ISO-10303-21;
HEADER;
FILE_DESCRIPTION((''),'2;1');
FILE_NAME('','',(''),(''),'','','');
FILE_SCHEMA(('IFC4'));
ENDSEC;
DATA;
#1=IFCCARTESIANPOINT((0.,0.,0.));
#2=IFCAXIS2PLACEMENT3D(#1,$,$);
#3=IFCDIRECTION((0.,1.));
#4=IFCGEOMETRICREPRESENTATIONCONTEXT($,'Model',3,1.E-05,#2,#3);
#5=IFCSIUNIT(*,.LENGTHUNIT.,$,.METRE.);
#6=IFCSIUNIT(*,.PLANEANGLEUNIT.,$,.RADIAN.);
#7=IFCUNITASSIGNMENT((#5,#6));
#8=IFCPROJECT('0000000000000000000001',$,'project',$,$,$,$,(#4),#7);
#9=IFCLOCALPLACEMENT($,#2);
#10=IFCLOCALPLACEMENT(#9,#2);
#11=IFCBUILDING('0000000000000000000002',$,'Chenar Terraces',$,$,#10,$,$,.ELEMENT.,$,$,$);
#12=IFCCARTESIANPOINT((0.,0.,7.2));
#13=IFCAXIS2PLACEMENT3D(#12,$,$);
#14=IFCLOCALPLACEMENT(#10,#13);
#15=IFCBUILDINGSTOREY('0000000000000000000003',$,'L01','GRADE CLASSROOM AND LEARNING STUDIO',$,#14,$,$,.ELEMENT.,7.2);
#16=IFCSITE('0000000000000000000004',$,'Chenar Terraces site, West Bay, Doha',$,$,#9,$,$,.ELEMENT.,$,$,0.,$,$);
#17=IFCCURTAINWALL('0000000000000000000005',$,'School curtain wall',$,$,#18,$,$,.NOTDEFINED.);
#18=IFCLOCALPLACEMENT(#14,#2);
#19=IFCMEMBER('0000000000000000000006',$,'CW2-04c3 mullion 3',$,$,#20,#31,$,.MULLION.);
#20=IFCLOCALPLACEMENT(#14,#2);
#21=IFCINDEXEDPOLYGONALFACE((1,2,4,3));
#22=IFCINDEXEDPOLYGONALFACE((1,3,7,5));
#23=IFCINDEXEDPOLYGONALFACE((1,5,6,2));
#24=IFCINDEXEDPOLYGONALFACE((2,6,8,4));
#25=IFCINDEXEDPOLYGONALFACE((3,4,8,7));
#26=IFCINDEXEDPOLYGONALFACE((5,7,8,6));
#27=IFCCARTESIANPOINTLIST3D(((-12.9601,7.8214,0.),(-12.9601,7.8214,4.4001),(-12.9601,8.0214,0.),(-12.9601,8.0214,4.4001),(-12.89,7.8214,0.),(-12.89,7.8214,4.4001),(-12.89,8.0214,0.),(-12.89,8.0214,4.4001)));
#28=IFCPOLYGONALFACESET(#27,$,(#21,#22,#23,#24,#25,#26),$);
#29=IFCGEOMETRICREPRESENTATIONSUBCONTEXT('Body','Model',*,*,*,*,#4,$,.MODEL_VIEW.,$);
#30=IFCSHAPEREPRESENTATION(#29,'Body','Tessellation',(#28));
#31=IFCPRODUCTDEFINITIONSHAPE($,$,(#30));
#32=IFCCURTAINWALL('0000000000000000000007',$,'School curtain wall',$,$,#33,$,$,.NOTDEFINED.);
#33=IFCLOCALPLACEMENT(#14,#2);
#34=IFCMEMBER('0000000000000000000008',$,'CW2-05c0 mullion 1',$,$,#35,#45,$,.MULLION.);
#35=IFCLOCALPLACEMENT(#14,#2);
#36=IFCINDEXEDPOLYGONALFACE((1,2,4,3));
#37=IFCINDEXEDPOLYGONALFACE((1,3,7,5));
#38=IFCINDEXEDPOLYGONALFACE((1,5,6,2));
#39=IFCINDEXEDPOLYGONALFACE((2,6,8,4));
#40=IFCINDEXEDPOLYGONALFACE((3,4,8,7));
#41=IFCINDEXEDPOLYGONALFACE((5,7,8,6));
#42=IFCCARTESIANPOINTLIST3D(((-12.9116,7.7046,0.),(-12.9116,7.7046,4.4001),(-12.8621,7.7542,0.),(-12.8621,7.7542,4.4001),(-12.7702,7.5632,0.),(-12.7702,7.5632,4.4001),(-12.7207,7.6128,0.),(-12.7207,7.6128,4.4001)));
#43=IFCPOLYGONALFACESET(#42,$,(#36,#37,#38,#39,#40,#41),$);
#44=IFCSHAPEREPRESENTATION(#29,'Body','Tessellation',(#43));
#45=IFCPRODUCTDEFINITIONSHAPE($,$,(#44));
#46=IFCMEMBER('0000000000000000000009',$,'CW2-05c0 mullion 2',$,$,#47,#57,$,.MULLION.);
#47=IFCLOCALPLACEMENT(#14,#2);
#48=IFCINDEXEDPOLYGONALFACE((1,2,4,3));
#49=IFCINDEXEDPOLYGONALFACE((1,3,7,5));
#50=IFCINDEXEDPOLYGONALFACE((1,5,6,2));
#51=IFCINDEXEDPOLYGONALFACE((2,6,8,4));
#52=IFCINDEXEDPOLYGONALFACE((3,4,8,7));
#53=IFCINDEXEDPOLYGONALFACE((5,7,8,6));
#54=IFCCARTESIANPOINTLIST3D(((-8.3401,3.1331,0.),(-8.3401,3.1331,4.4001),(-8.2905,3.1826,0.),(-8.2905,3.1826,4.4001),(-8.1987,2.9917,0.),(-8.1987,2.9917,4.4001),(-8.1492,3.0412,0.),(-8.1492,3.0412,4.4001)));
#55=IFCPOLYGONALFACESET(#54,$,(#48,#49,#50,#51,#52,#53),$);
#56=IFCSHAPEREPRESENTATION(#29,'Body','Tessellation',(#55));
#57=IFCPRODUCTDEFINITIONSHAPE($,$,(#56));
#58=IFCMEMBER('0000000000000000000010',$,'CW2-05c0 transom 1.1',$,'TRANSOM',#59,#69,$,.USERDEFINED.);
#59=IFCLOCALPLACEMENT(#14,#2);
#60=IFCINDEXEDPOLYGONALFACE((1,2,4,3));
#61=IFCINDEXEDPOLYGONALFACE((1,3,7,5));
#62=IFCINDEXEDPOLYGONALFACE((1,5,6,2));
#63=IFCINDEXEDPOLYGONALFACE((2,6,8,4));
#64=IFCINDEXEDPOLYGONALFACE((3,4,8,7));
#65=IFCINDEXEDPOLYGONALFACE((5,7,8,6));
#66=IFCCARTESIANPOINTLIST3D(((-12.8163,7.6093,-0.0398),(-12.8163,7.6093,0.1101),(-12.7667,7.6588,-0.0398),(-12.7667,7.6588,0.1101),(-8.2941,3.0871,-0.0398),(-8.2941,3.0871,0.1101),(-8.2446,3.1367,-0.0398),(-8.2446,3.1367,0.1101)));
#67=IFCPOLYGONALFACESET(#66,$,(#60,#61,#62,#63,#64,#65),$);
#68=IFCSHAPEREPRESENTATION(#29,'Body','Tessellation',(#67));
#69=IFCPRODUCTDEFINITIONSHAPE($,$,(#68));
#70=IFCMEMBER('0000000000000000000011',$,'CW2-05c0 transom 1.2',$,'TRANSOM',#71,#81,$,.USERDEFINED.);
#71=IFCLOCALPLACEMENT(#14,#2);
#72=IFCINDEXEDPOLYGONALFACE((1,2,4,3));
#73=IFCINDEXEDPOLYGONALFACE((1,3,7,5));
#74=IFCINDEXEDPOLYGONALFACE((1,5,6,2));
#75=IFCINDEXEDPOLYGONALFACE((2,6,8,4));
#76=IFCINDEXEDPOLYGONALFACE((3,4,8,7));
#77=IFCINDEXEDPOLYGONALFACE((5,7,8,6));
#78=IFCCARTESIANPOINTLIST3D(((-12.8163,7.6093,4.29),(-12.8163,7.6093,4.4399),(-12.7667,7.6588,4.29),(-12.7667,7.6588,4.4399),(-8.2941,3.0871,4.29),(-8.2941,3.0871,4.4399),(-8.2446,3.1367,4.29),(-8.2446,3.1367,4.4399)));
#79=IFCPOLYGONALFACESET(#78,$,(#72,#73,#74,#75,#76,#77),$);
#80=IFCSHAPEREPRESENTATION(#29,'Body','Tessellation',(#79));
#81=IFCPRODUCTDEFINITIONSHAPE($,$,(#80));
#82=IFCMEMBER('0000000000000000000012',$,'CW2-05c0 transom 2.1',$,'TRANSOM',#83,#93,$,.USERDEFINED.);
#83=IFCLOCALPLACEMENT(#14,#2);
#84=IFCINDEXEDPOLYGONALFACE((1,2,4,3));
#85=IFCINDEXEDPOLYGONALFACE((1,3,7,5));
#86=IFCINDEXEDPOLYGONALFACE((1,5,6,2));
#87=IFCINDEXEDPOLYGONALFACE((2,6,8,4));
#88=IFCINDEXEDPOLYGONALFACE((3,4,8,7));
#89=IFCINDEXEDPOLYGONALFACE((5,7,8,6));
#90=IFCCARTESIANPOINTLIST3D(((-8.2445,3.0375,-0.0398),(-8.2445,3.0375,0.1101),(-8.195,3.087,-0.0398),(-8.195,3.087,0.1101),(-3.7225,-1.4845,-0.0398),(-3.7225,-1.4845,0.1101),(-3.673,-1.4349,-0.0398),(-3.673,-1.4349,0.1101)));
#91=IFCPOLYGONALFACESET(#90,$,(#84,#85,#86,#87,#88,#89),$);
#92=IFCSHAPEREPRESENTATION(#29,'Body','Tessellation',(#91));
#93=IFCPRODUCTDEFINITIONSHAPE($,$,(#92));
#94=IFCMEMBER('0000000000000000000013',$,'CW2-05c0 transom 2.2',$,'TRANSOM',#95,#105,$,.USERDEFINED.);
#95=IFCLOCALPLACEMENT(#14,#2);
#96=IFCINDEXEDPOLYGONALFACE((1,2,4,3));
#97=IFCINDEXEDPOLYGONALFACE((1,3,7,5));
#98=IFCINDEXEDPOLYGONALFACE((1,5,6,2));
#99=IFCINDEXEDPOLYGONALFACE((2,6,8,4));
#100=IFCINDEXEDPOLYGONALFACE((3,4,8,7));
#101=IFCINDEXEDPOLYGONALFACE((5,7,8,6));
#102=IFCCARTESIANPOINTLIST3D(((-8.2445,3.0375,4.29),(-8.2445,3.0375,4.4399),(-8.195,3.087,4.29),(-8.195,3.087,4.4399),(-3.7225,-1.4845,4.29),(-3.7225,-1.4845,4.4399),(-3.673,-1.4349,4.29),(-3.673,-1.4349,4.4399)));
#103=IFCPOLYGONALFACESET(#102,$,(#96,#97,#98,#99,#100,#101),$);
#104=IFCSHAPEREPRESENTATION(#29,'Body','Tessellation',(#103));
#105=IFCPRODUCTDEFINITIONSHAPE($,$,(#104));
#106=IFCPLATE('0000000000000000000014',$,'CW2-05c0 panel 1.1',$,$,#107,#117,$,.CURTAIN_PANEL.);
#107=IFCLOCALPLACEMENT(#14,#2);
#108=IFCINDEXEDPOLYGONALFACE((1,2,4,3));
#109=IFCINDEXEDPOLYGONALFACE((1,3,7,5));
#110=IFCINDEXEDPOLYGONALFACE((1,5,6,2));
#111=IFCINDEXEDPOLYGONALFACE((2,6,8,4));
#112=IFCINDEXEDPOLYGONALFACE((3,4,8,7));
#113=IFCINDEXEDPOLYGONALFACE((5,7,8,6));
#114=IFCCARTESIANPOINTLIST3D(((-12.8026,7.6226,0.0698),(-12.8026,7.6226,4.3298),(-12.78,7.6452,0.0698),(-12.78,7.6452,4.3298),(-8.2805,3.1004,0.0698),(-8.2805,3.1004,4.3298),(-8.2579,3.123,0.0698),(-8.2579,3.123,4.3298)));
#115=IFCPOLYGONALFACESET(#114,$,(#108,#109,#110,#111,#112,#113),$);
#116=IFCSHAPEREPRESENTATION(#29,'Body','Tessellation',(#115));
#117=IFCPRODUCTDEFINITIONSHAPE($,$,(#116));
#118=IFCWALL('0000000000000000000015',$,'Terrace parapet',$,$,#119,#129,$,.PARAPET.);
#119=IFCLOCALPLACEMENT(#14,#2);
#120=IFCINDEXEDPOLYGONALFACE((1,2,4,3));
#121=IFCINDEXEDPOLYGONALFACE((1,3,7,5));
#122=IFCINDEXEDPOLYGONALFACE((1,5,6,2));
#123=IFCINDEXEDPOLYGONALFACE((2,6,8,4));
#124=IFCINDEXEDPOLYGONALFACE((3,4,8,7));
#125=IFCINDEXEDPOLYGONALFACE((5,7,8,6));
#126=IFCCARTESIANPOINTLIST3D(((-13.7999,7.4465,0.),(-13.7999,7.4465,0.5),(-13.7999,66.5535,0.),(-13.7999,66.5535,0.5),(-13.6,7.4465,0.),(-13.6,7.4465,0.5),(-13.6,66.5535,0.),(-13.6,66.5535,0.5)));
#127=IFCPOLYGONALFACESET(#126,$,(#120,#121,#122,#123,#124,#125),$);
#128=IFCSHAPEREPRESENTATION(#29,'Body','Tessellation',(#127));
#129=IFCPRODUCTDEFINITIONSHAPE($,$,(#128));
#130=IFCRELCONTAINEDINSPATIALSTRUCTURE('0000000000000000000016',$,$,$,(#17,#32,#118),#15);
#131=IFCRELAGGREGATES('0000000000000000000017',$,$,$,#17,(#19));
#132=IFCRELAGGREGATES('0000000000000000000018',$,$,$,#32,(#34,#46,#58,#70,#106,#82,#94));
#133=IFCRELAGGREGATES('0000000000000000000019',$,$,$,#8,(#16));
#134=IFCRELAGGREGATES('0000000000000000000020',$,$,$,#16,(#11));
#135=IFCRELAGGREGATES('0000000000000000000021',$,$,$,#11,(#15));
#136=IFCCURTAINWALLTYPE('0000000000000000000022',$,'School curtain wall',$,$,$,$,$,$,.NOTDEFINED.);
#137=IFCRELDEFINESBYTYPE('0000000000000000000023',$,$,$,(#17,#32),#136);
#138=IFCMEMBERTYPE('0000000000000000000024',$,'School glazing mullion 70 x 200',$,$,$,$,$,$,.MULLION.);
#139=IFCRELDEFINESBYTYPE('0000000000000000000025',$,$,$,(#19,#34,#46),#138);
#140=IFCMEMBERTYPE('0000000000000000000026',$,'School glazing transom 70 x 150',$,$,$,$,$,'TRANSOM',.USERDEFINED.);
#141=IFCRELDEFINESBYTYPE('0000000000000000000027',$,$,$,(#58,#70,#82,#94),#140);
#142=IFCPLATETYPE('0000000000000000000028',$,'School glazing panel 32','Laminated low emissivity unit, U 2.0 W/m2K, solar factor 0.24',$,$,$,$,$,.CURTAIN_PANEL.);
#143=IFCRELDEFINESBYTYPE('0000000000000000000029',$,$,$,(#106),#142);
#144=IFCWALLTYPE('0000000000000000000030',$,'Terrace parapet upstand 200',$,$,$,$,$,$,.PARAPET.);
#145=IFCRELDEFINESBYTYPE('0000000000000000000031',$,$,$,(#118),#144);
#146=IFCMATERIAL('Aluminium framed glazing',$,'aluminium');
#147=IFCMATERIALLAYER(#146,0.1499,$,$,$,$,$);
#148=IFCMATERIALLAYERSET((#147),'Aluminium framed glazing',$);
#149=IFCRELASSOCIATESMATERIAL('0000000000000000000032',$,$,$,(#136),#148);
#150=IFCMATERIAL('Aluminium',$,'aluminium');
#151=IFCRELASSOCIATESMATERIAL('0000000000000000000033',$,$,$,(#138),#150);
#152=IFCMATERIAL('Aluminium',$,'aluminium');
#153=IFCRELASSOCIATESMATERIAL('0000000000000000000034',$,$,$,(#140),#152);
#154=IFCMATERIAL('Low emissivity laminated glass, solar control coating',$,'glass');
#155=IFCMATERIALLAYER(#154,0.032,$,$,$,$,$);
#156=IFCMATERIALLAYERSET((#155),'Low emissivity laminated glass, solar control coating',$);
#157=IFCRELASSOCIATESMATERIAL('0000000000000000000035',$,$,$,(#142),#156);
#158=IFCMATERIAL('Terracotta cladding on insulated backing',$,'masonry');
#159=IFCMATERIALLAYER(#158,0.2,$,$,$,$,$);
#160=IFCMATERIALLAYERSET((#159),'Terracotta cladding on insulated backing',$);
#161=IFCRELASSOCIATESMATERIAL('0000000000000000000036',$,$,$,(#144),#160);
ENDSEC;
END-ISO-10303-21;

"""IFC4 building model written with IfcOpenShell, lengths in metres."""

from ifc_helpers import new_model, si_unit, direction, frame, frame_2d, origin, origin_2d, place, context, subcontext, project, spatial, rectangle, extrude, material, layer, layer_set, material_profile, profile_set, type_object, element, aggregate, save


model = new_model("IFC4")

# Units and contexts
model_context = context("Model", 3, precision=1e-05, world=origin(), true_north=direction((0.0, 1.0)))
body_context = subcontext(model_context, "Body", "Model", "MODEL_VIEW")
ifc_project = project(units=[si_unit("LENGTHUNIT", "METRE"), si_unit("PLANEANGLEUNIT", "RADIAN")], contexts=[model_context])

# Site, building, storey
site_placement = place(None, origin())
site = spatial("IfcSite", under=ifc_project, at=site_placement, Name="Chenar Terraces site, West Bay, Doha", CompositionType="ELEMENT", RefElevation=0.0)
building_placement = place(site_placement, origin())
building = spatial("IfcBuilding", under=site, at=building_placement, Name="Chenar Terraces", CompositionType="ELEMENT")
storey_placement = place(building_placement, frame((0.0, 0.0, 7.2)))
storey = spatial("IfcBuildingStorey", under=building, at=storey_placement, Name="L01", Description="GRADE CLASSROOM AND LEARNING STUDIO", CompositionType="ELEMENT", Elevation=7.2)

# Curtain wall, member
ifc_material_1 = material(Name="Aluminium framed glazing", Category="aluminium")
ifc_layer_1 = layer(ifc_material_1, 0.1499)
ifc_layer_set_1 = layer_set([ifc_layer_1], Name="Aluminium framed glazing")
curtain_wall_type = type_object("IfcCurtainWallType", Name="School curtain wall", PredefinedType="NOTDEFINED", material=ifc_layer_set_1)
placement = place(storey_placement, origin())
curtain_wall_1 = element("IfcCurtainWall", 1, at=placement, inside=storey, type_object=curtain_wall_type, Name="School curtain wall", PredefinedType="NOTDEFINED")
ifc_material_2 = material(Name="Aluminium", Category="aluminium")
ifc_material_profile_1 = material_profile(ifc_material_2, rectangle(XDim=0.0701, YDim=0.2, at=origin_2d()), Name="School glazing mullion 70 x 200")
ifc_profile_set_1 = profile_set([ifc_material_profile_1], Name="Aluminium")
member_type_1 = type_object("IfcMemberType", Name="School glazing mullion 70 x 200", PredefinedType="MULLION", material=ifc_profile_set_1)
member_1_placement = place(storey_placement, frame((-12.925, 7.9214, 0.0), z_axis=(0.0, 0.0, 1.0), x_axis=(1.0, 0.0, 0.0)))
member_1 = element("IfcMember", 2, at=member_1_placement, type_object=member_type_1, Name="CW2-04c3 mullion 3", PredefinedType="MULLION", context=body_context, shape_type="SweptSolid", body=[
    extrude(rectangle(XDim=0.0701, YDim=0.2, at=origin_2d()), origin(), (0.0, 0.0, 1.0), 4.4001),
])
aggregate(curtain_wall_1, [member_1])

# Curtain wall, members, plate
curtain_wall_2 = element("IfcCurtainWall", 3, at=placement, inside=storey, type_object=curtain_wall_type, Name="School curtain wall", PredefinedType="NOTDEFINED")
member_2_placement = place(storey_placement, frame((-12.8162, 7.6587, 0.0), z_axis=(0.0, 0.0, 1.0), x_axis=(0.707107, 0.707107, 0.0)))
member_2 = element("IfcMember", 4, at=member_2_placement, type_object=member_type_1, Name="CW2-05c0 mullion 1", PredefinedType="MULLION", context=body_context, shape_type="SweptSolid", body=[
    extrude(rectangle(XDim=0.0701, YDim=0.2, at=origin_2d()), origin(), (0.0, 0.0, 1.0), 4.4001),
])
member_3_placement = place(storey_placement, frame((-8.2446, 3.0872, 0.0), z_axis=(0.0, 0.0, 1.0), x_axis=(0.707107, 0.707107, 0.0)))
member_3 = element("IfcMember", 5, at=member_3_placement, type_object=member_type_1, Name="CW2-05c0 mullion 2", PredefinedType="MULLION", context=body_context, shape_type="SweptSolid", body=[
    extrude(rectangle(XDim=0.0701, YDim=0.2, at=origin_2d()), origin(), (0.0, 0.0, 1.0), 4.4001),
])
ifc_material_3 = material(Name="Aluminium", Category="aluminium")
ifc_material_profile_2 = material_profile(ifc_material_3, rectangle(XDim=0.0701, YDim=0.1499, at=origin_2d()), Name="School glazing transom 70 x 150")
ifc_profile_set_2 = profile_set([ifc_material_profile_2], Name="Aluminium")
member_type_2 = type_object("IfcMemberType", Name="School glazing transom 70 x 150", ElementType="TRANSOM", PredefinedType="USERDEFINED", material=ifc_profile_set_2)
member_4_placement = place(storey_placement, frame((-12.7915, 7.634, 0.0352), z_axis=(0.707107, -0.707107, 0.0), x_axis=(0.707107, 0.707107, 0.0)))
member_4 = element("IfcMember", 6, at=member_4_placement, type_object=member_type_2, Name="CW2-05c0 transom 1.1", ObjectType="TRANSOM", PredefinedType="USERDEFINED", context=body_context, shape_type="SweptSolid", body=[
    extrude(rectangle(XDim=0.0701, YDim=0.1499, at=origin_2d()), origin(), (0.0, 0.0, 1.0), 6.3953),
])
member_5_placement = place(storey_placement, frame((-12.7915, 7.634, 4.365), z_axis=(0.707107, -0.707107, 0.0), x_axis=(0.707107, 0.707107, 0.0)))
member_5 = element("IfcMember", 7, at=member_5_placement, type_object=member_type_2, Name="CW2-05c0 transom 1.2", ObjectType="TRANSOM", PredefinedType="USERDEFINED", context=body_context, shape_type="SweptSolid", body=[
    extrude(rectangle(XDim=0.0701, YDim=0.1499, at=origin_2d()), origin(), (0.0, 0.0, 1.0), 6.3953),
])
member_6_placement = place(storey_placement, frame((-8.2197, 3.0623, 0.0352), z_axis=(0.707107, -0.707107, 0.0), x_axis=(0.707107, 0.707107, 0.0)))
member_6 = element("IfcMember", 8, at=member_6_placement, type_object=member_type_2, Name="CW2-05c0 transom 2.1", ObjectType="TRANSOM", PredefinedType="USERDEFINED", context=body_context, shape_type="SweptSolid", body=[
    extrude(rectangle(XDim=0.0701, YDim=0.1499, at=origin_2d()), origin(), (0.0, 0.0, 1.0), 6.395),
])
member_7_placement = place(storey_placement, frame((-8.2197, 3.0623, 4.365), z_axis=(0.707107, -0.707107, 0.0), x_axis=(0.707107, 0.707107, 0.0)))
member_7 = element("IfcMember", 9, at=member_7_placement, type_object=member_type_2, Name="CW2-05c0 transom 2.2", ObjectType="TRANSOM", PredefinedType="USERDEFINED", context=body_context, shape_type="SweptSolid", body=[
    extrude(rectangle(XDim=0.0701, YDim=0.1499, at=origin_2d()), origin(), (0.0, 0.0, 1.0), 6.395),
])
ifc_material_4 = material(Name="Low emissivity laminated glass, solar control coating", Category="glass")
ifc_layer_2 = layer(ifc_material_4, 0.032)
ifc_layer_set_2 = layer_set([ifc_layer_2], Name="Low emissivity laminated glass, solar control coating")
plate_type = type_object("IfcPlateType", Name="School glazing panel 32", Description="Laminated low emissivity unit, U 2.0 W/m2K, solar factor 0.24", PredefinedType="CURTAIN_PANEL", material=ifc_layer_set_2)
plate_placement = place(storey_placement, frame((-10.5303, 5.3728, 0.0698), z_axis=(0.0, 0.0, 1.0), x_axis=(0.707107, -0.707107, 0.0)))
plate = element("IfcPlate", 10, at=plate_placement, type_object=plate_type, Name="CW2-05c0 panel 1.1", PredefinedType="CURTAIN_PANEL", context=body_context, shape_type="SweptSolid", body=[
    extrude(rectangle(XDim=6.3953, YDim=0.032, at=origin_2d()), origin(), (0.0, 0.0, 1.0), 4.26),
])
aggregate(curtain_wall_2, [member_2, member_3, member_4, member_5, plate, member_6, member_7])

# Wall
ifc_material_5 = material(Name="Terracotta cladding on insulated backing", Category="masonry")
ifc_layer_3 = layer(ifc_material_5, 0.2)
ifc_layer_set_3 = layer_set([ifc_layer_3], Name="Terracotta cladding on insulated backing")
wall_type = type_object("IfcWallType", Name="Terrace parapet upstand 200", PredefinedType="PARAPET", material=ifc_layer_set_3)
wall_placement = place(storey_placement, frame((-13.7, 7.4465, 0.0), z_axis=(0.0, 0.0, 1.0), x_axis=(0.0, 1.0, 0.0)))
element("IfcWall", 11, at=wall_placement, inside=storey, type_object=wall_type, Name="Terrace parapet", PredefinedType="PARAPET", context=body_context, shape_type="SweptSolid", body=[
    extrude(rectangle(XDim=59.1069, YDim=0.2, at=frame_2d((29.5535, 0.0))), origin(), (0.0, 0.0, 1.0), 0.5),
])

save(model, "model.ifc")
